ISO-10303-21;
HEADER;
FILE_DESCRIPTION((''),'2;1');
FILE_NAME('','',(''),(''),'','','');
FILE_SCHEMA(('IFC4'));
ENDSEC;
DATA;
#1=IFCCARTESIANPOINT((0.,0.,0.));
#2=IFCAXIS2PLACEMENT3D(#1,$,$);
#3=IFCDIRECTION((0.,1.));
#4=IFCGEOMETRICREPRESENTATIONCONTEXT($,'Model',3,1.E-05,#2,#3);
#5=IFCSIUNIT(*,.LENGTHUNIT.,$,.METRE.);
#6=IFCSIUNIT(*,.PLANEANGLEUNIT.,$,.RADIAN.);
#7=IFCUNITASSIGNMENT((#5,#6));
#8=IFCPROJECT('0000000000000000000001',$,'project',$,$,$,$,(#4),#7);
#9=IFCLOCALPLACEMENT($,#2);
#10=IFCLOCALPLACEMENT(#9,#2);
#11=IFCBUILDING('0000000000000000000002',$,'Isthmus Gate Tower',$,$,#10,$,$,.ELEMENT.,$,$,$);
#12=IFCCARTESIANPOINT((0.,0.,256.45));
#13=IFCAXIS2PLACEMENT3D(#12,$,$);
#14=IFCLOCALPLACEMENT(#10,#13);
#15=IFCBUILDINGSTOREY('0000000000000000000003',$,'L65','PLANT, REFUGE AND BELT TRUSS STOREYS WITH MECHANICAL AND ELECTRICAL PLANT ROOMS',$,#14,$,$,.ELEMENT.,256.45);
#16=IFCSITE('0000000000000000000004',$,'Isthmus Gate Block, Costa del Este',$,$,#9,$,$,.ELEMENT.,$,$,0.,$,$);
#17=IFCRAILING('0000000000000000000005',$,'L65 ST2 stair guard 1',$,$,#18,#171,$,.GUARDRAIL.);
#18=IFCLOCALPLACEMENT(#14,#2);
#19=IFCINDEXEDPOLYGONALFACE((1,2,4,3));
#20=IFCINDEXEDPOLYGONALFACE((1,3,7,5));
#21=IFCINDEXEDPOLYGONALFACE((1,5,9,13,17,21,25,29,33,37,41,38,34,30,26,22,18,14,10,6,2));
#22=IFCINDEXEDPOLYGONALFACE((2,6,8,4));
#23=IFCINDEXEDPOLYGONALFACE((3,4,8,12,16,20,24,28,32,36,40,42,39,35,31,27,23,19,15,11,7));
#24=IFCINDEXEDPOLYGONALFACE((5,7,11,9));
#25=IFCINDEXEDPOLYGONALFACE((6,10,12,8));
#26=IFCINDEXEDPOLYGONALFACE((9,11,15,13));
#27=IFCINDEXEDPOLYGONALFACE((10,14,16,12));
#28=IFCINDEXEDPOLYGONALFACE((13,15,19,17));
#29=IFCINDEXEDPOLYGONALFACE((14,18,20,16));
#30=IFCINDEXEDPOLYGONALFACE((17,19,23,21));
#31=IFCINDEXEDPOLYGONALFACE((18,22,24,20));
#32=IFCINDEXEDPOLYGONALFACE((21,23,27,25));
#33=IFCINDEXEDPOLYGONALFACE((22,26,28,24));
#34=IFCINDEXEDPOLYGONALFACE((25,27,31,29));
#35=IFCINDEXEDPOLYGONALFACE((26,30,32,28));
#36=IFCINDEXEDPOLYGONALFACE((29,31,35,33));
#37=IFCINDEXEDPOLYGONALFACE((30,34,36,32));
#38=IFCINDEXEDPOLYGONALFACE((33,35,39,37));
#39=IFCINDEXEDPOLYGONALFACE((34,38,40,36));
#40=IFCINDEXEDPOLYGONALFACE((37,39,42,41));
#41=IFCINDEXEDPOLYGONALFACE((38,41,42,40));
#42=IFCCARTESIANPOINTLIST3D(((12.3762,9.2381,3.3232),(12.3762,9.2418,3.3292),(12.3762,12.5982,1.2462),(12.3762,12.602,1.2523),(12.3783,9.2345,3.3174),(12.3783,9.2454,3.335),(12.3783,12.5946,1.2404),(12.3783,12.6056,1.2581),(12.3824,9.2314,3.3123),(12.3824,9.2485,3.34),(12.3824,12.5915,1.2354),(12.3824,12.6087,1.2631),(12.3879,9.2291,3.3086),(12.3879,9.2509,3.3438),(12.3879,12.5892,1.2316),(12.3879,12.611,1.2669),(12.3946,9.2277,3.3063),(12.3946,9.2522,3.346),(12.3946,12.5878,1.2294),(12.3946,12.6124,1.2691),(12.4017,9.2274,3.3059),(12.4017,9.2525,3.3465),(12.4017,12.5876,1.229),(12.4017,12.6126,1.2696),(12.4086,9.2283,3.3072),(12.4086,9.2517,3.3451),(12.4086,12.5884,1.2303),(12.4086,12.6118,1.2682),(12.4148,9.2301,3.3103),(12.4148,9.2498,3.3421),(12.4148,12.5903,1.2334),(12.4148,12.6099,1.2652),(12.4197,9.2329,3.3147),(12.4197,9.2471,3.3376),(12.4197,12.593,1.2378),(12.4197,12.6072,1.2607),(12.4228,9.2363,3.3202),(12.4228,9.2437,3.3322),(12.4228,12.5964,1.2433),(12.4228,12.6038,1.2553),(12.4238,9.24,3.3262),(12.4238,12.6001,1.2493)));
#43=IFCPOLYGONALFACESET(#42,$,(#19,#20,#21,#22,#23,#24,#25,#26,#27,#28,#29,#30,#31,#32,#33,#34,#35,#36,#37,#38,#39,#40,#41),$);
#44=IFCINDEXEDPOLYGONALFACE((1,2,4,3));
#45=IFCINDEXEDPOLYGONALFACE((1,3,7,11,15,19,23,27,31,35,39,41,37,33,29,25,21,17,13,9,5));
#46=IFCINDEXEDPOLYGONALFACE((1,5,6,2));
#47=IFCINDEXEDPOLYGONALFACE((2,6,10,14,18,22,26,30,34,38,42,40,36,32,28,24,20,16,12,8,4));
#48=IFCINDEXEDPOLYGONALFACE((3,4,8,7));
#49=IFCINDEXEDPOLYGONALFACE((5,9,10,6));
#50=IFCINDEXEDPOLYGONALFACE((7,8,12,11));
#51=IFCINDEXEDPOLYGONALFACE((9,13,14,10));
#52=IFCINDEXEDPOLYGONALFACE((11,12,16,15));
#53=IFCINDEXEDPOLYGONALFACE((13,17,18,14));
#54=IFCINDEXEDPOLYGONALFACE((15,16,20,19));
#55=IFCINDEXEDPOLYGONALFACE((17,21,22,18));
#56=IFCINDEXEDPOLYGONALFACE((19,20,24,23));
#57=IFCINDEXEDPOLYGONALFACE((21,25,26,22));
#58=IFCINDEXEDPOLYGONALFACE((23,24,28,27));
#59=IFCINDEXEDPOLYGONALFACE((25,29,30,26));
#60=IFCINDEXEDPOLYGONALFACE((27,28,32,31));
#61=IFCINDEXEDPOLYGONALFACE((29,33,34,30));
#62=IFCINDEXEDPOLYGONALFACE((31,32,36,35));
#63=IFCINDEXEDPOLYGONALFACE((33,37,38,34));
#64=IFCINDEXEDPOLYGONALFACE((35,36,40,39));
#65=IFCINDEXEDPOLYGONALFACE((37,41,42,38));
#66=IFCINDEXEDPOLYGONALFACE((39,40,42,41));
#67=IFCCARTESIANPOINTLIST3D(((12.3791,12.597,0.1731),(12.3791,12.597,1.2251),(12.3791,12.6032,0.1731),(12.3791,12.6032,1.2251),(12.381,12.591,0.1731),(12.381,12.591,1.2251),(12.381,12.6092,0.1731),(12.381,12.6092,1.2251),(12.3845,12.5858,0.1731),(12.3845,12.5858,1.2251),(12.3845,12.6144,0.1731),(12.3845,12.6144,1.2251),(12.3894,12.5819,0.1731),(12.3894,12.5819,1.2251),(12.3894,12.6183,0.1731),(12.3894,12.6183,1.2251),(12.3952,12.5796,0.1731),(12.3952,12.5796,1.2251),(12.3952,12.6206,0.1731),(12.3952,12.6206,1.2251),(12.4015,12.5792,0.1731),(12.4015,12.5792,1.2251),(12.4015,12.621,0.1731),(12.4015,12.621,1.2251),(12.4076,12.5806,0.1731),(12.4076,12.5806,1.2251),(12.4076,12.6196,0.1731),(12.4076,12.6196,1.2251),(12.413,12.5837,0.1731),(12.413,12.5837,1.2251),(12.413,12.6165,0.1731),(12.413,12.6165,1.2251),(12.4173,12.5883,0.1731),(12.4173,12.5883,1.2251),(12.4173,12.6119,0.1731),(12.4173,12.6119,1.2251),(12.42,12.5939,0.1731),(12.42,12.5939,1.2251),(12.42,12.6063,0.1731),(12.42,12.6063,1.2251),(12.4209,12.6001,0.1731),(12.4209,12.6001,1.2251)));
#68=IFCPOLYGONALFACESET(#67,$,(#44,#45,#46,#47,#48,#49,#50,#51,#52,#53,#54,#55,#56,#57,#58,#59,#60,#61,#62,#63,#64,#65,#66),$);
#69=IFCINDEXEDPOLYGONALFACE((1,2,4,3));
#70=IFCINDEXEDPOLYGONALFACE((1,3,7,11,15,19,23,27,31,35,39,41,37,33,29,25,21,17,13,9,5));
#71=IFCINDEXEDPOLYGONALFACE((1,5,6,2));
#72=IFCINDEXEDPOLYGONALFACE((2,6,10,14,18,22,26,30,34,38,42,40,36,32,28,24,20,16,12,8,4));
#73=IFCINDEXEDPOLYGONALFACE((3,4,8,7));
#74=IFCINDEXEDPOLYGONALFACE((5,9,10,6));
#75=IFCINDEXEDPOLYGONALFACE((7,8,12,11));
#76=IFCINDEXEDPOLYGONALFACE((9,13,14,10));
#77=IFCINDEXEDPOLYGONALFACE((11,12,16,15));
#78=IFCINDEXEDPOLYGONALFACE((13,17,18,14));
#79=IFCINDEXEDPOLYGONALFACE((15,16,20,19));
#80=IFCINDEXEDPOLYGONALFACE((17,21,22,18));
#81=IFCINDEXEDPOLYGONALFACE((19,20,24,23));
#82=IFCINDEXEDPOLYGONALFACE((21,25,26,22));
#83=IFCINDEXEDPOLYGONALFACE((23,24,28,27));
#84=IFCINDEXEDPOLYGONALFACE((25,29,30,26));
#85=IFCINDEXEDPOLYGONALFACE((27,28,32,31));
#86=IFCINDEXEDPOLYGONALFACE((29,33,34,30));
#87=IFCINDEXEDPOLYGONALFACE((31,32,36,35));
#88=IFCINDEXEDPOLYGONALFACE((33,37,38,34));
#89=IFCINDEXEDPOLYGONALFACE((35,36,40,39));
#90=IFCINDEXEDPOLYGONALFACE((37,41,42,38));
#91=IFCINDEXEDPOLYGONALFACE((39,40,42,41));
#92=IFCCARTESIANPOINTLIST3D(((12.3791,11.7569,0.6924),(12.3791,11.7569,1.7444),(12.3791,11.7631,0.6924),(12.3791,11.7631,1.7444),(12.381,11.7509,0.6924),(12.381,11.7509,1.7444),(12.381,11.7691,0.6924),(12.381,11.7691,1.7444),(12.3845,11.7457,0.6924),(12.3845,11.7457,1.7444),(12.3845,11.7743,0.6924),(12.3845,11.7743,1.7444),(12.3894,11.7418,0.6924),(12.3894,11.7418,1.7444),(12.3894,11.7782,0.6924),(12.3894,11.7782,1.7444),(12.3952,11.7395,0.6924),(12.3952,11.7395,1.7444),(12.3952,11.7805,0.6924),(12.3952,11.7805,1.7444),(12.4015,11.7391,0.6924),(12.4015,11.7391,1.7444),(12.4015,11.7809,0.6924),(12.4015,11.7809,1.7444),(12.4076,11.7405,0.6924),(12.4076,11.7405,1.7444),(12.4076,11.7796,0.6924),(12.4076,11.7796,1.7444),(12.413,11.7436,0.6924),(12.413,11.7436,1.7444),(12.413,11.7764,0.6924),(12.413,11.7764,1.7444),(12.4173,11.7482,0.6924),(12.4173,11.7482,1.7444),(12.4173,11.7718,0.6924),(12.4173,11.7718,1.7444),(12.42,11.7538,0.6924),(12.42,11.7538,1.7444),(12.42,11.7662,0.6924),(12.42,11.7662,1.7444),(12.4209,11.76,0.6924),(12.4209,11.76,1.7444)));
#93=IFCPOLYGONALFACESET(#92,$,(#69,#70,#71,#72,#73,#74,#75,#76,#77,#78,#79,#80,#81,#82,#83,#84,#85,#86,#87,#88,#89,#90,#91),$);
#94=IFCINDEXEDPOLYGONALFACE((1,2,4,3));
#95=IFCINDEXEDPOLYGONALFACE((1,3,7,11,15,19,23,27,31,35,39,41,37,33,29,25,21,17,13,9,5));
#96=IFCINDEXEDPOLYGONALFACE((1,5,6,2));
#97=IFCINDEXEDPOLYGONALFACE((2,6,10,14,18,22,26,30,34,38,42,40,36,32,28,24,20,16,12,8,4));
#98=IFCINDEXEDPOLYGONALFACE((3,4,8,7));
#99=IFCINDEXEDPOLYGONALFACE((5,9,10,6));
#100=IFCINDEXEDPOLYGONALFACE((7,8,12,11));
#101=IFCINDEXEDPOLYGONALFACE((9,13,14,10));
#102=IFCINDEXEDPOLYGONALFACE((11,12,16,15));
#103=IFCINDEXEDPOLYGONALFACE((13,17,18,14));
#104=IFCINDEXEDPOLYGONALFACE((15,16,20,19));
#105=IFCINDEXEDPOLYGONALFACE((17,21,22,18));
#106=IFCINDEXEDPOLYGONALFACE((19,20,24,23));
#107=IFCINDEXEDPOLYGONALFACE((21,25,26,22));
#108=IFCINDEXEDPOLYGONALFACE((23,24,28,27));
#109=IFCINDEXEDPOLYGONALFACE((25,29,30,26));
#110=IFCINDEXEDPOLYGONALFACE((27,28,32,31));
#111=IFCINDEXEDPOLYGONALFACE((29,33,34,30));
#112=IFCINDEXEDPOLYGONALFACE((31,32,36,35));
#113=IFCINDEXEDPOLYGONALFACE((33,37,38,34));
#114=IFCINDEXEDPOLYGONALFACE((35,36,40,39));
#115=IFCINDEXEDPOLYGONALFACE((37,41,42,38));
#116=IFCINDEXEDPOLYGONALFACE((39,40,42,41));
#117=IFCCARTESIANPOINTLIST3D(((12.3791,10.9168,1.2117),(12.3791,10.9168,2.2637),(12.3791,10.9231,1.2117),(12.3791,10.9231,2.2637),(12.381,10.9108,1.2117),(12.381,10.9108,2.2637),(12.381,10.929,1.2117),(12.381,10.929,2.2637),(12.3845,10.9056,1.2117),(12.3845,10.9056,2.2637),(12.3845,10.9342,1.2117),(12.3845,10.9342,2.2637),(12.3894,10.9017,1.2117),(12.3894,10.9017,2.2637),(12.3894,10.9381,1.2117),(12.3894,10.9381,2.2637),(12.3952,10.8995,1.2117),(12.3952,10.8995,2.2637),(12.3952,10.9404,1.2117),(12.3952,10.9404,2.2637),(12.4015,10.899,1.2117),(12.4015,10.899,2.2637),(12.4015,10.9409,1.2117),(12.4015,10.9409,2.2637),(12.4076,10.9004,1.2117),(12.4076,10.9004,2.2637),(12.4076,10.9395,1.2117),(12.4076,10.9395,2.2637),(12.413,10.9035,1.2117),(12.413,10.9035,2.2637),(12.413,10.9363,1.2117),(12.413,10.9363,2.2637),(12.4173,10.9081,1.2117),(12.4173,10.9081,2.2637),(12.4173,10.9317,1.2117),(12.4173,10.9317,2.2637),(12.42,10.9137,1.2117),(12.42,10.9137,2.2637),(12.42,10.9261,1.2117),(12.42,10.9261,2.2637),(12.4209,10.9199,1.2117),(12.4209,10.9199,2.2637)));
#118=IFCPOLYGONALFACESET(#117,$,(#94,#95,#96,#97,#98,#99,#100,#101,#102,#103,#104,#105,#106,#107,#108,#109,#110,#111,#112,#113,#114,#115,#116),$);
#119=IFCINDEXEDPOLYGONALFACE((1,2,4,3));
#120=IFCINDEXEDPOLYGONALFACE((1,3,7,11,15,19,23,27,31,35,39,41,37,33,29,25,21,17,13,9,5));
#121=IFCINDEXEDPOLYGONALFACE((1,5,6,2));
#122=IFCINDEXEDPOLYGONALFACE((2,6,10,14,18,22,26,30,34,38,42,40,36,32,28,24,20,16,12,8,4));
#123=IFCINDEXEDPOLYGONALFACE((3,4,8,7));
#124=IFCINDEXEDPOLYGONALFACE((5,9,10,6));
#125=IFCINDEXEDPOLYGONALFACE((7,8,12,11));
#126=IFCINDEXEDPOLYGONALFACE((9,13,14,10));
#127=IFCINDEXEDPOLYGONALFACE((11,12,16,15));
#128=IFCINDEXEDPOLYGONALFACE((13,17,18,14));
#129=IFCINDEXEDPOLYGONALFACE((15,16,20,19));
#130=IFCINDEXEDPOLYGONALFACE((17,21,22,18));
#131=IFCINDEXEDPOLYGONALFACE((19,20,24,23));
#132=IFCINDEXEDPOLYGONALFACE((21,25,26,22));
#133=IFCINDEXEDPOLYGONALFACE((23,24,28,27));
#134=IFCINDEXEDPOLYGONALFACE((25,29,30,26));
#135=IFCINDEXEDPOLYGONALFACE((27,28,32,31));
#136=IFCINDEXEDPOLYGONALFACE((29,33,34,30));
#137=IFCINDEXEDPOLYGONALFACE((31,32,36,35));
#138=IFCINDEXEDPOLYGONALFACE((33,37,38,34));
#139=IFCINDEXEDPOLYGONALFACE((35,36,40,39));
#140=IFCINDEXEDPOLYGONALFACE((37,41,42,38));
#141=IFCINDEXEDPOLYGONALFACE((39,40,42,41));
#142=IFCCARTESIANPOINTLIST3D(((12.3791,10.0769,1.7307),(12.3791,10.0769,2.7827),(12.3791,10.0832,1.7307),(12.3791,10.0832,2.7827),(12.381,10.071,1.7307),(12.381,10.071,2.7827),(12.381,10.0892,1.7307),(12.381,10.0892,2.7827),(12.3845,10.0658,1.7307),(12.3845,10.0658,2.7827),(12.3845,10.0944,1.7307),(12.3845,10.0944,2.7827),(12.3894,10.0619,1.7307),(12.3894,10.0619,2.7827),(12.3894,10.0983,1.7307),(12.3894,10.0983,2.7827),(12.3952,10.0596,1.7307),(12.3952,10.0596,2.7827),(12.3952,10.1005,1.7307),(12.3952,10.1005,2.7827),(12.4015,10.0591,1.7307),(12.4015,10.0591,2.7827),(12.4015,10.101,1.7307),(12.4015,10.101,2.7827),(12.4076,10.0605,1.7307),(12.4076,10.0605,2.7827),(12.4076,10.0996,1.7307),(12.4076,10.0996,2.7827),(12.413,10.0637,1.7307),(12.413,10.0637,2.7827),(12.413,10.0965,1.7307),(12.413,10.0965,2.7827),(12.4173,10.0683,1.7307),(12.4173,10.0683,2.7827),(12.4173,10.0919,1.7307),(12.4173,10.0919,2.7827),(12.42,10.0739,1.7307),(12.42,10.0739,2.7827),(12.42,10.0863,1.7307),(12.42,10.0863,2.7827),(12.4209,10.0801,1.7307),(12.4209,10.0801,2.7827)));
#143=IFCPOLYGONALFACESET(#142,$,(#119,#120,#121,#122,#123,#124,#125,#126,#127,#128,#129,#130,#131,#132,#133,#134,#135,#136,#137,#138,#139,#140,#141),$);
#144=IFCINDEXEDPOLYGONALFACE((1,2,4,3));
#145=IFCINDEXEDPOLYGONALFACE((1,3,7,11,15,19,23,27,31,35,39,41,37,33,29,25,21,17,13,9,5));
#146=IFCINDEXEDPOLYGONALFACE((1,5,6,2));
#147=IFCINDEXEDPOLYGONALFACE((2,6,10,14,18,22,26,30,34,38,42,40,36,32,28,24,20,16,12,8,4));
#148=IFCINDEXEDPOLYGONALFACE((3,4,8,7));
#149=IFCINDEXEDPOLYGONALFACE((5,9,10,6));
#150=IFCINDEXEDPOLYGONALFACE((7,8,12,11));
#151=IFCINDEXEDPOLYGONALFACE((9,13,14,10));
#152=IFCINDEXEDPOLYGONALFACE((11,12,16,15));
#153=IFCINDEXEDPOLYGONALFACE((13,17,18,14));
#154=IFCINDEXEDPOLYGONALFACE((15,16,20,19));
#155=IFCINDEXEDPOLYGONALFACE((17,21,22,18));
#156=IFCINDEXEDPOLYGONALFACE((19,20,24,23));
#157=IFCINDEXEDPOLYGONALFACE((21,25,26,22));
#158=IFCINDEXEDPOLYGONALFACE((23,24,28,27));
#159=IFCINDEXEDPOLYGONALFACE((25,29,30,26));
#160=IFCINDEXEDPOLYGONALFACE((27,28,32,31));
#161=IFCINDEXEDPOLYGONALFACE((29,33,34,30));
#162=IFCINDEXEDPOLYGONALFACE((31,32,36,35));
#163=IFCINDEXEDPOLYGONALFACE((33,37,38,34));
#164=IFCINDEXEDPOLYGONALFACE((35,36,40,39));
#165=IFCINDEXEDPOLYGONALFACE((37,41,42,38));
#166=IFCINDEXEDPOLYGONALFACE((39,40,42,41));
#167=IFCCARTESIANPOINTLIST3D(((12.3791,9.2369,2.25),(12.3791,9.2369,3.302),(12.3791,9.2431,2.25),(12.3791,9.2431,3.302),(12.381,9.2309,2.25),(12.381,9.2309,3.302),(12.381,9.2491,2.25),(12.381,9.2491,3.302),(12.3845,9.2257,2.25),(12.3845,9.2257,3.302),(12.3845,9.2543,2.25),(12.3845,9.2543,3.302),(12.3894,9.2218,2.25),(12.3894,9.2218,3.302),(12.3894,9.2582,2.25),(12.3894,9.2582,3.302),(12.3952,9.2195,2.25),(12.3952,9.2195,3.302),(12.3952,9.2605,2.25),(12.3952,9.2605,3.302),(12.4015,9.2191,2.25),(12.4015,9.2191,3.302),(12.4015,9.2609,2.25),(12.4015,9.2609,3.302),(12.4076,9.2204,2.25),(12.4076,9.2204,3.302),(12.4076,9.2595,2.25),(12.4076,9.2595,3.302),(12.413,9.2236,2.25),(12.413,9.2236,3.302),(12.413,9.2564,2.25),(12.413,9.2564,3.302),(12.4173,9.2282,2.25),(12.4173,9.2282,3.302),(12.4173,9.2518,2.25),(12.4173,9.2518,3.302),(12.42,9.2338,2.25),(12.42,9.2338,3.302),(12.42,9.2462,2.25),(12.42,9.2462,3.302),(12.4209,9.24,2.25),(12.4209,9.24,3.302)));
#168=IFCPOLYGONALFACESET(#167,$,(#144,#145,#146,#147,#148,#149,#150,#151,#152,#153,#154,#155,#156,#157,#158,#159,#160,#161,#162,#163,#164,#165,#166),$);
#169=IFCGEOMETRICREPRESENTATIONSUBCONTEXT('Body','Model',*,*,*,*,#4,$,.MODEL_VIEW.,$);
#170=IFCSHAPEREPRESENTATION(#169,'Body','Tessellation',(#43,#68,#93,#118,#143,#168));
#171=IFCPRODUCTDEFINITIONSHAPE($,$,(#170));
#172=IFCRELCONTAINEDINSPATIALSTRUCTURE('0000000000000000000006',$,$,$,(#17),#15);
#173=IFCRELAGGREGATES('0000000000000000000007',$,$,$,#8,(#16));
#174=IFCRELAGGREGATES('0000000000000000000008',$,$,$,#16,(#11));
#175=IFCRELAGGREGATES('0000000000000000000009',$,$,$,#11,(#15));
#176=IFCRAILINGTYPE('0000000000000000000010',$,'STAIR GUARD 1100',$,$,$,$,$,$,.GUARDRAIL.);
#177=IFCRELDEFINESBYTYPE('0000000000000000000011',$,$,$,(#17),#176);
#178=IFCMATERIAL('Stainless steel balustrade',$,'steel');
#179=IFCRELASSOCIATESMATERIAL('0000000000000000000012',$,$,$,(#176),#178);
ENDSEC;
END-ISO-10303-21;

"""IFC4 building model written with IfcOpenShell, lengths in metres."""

from ifc_helpers import new_model, si_unit, direction, frame, origin, origin_2d, place, context, subcontext, project, spatial, circle, extrude, material, type_object, element, save


model = new_model("IFC4")

# Units and contexts
model_context = context("Model", 3, precision=1e-05, world=origin(), true_north=direction((0.0, 1.0)))
body_context = subcontext(model_context, "Body", "Model", "MODEL_VIEW")
ifc_project = project(units=[si_unit("LENGTHUNIT", "METRE"), si_unit("PLANEANGLEUNIT", "RADIAN")], contexts=[model_context])

# Site, building, storey
site_placement = place(None, origin())
site = spatial("IfcSite", under=ifc_project, at=site_placement, Name="Isthmus Gate Block, Costa del Este", CompositionType="ELEMENT", RefElevation=0.0)
building_placement = place(site_placement, origin())
building = spatial("IfcBuilding", under=site, at=building_placement, Name="Isthmus Gate Tower", CompositionType="ELEMENT")
storey_placement = place(building_placement, frame((0.0, 0.0, 256.45)))
storey = spatial("IfcBuildingStorey", under=building, at=storey_placement, Name="L65", Description="PLANT, REFUGE AND BELT TRUSS STOREYS WITH MECHANICAL AND ELECTRICAL PLANT ROOMS", CompositionType="ELEMENT", Elevation=256.45)

# Railing
ifc_material_1 = material(Name="Stainless steel balustrade", Category="steel")
railing_type = type_object("IfcRailingType", Name="STAIR GUARD 1100", PredefinedType="GUARDRAIL", material=ifc_material_1)
railing_1_placement = place(storey_placement, frame((12.3999, 12.6001, 0.1731)))
element("IfcRailing", 1, at=railing_1_placement, inside=storey, type_object=railing_type, Name="L65 ST2 stair guard 1", PredefinedType="GUARDRAIL", context=body_context, shape_type="SweptSolid", body=[
    extrude(circle(Radius=0.0239, at=origin_2d()), frame((0.0, 0.0, 1.0762), z_axis=(0.0, -0.850623, 0.525776), x_axis=(1.0, 0.0, 0.0)), (0.0, 0.0, 1.0), 3.9502),
    extrude(circle(Radius=0.021, at=origin_2d()), origin(), (0.0, 0.0, 1.0), 1.052),
    extrude(circle(Radius=0.021, at=origin_2d()), frame((0.0, -0.8401, 0.5193)), (0.0, 0.0, 1.0), 1.052),
    extrude(circle(Radius=0.021, at=origin_2d()), frame((0.0, -1.6802, 1.0386)), (0.0, 0.0, 1.0), 1.052),
    extrude(circle(Radius=0.021, at=origin_2d()), frame((0.0, -2.52, 1.5576)), (0.0, 0.0, 1.0), 1.052),
    extrude(circle(Radius=0.021, at=origin_2d()), frame((0.0, -3.3601, 2.0769)), (0.0, 0.0, 1.0), 1.052),
])

save(model, "model.ifc")
